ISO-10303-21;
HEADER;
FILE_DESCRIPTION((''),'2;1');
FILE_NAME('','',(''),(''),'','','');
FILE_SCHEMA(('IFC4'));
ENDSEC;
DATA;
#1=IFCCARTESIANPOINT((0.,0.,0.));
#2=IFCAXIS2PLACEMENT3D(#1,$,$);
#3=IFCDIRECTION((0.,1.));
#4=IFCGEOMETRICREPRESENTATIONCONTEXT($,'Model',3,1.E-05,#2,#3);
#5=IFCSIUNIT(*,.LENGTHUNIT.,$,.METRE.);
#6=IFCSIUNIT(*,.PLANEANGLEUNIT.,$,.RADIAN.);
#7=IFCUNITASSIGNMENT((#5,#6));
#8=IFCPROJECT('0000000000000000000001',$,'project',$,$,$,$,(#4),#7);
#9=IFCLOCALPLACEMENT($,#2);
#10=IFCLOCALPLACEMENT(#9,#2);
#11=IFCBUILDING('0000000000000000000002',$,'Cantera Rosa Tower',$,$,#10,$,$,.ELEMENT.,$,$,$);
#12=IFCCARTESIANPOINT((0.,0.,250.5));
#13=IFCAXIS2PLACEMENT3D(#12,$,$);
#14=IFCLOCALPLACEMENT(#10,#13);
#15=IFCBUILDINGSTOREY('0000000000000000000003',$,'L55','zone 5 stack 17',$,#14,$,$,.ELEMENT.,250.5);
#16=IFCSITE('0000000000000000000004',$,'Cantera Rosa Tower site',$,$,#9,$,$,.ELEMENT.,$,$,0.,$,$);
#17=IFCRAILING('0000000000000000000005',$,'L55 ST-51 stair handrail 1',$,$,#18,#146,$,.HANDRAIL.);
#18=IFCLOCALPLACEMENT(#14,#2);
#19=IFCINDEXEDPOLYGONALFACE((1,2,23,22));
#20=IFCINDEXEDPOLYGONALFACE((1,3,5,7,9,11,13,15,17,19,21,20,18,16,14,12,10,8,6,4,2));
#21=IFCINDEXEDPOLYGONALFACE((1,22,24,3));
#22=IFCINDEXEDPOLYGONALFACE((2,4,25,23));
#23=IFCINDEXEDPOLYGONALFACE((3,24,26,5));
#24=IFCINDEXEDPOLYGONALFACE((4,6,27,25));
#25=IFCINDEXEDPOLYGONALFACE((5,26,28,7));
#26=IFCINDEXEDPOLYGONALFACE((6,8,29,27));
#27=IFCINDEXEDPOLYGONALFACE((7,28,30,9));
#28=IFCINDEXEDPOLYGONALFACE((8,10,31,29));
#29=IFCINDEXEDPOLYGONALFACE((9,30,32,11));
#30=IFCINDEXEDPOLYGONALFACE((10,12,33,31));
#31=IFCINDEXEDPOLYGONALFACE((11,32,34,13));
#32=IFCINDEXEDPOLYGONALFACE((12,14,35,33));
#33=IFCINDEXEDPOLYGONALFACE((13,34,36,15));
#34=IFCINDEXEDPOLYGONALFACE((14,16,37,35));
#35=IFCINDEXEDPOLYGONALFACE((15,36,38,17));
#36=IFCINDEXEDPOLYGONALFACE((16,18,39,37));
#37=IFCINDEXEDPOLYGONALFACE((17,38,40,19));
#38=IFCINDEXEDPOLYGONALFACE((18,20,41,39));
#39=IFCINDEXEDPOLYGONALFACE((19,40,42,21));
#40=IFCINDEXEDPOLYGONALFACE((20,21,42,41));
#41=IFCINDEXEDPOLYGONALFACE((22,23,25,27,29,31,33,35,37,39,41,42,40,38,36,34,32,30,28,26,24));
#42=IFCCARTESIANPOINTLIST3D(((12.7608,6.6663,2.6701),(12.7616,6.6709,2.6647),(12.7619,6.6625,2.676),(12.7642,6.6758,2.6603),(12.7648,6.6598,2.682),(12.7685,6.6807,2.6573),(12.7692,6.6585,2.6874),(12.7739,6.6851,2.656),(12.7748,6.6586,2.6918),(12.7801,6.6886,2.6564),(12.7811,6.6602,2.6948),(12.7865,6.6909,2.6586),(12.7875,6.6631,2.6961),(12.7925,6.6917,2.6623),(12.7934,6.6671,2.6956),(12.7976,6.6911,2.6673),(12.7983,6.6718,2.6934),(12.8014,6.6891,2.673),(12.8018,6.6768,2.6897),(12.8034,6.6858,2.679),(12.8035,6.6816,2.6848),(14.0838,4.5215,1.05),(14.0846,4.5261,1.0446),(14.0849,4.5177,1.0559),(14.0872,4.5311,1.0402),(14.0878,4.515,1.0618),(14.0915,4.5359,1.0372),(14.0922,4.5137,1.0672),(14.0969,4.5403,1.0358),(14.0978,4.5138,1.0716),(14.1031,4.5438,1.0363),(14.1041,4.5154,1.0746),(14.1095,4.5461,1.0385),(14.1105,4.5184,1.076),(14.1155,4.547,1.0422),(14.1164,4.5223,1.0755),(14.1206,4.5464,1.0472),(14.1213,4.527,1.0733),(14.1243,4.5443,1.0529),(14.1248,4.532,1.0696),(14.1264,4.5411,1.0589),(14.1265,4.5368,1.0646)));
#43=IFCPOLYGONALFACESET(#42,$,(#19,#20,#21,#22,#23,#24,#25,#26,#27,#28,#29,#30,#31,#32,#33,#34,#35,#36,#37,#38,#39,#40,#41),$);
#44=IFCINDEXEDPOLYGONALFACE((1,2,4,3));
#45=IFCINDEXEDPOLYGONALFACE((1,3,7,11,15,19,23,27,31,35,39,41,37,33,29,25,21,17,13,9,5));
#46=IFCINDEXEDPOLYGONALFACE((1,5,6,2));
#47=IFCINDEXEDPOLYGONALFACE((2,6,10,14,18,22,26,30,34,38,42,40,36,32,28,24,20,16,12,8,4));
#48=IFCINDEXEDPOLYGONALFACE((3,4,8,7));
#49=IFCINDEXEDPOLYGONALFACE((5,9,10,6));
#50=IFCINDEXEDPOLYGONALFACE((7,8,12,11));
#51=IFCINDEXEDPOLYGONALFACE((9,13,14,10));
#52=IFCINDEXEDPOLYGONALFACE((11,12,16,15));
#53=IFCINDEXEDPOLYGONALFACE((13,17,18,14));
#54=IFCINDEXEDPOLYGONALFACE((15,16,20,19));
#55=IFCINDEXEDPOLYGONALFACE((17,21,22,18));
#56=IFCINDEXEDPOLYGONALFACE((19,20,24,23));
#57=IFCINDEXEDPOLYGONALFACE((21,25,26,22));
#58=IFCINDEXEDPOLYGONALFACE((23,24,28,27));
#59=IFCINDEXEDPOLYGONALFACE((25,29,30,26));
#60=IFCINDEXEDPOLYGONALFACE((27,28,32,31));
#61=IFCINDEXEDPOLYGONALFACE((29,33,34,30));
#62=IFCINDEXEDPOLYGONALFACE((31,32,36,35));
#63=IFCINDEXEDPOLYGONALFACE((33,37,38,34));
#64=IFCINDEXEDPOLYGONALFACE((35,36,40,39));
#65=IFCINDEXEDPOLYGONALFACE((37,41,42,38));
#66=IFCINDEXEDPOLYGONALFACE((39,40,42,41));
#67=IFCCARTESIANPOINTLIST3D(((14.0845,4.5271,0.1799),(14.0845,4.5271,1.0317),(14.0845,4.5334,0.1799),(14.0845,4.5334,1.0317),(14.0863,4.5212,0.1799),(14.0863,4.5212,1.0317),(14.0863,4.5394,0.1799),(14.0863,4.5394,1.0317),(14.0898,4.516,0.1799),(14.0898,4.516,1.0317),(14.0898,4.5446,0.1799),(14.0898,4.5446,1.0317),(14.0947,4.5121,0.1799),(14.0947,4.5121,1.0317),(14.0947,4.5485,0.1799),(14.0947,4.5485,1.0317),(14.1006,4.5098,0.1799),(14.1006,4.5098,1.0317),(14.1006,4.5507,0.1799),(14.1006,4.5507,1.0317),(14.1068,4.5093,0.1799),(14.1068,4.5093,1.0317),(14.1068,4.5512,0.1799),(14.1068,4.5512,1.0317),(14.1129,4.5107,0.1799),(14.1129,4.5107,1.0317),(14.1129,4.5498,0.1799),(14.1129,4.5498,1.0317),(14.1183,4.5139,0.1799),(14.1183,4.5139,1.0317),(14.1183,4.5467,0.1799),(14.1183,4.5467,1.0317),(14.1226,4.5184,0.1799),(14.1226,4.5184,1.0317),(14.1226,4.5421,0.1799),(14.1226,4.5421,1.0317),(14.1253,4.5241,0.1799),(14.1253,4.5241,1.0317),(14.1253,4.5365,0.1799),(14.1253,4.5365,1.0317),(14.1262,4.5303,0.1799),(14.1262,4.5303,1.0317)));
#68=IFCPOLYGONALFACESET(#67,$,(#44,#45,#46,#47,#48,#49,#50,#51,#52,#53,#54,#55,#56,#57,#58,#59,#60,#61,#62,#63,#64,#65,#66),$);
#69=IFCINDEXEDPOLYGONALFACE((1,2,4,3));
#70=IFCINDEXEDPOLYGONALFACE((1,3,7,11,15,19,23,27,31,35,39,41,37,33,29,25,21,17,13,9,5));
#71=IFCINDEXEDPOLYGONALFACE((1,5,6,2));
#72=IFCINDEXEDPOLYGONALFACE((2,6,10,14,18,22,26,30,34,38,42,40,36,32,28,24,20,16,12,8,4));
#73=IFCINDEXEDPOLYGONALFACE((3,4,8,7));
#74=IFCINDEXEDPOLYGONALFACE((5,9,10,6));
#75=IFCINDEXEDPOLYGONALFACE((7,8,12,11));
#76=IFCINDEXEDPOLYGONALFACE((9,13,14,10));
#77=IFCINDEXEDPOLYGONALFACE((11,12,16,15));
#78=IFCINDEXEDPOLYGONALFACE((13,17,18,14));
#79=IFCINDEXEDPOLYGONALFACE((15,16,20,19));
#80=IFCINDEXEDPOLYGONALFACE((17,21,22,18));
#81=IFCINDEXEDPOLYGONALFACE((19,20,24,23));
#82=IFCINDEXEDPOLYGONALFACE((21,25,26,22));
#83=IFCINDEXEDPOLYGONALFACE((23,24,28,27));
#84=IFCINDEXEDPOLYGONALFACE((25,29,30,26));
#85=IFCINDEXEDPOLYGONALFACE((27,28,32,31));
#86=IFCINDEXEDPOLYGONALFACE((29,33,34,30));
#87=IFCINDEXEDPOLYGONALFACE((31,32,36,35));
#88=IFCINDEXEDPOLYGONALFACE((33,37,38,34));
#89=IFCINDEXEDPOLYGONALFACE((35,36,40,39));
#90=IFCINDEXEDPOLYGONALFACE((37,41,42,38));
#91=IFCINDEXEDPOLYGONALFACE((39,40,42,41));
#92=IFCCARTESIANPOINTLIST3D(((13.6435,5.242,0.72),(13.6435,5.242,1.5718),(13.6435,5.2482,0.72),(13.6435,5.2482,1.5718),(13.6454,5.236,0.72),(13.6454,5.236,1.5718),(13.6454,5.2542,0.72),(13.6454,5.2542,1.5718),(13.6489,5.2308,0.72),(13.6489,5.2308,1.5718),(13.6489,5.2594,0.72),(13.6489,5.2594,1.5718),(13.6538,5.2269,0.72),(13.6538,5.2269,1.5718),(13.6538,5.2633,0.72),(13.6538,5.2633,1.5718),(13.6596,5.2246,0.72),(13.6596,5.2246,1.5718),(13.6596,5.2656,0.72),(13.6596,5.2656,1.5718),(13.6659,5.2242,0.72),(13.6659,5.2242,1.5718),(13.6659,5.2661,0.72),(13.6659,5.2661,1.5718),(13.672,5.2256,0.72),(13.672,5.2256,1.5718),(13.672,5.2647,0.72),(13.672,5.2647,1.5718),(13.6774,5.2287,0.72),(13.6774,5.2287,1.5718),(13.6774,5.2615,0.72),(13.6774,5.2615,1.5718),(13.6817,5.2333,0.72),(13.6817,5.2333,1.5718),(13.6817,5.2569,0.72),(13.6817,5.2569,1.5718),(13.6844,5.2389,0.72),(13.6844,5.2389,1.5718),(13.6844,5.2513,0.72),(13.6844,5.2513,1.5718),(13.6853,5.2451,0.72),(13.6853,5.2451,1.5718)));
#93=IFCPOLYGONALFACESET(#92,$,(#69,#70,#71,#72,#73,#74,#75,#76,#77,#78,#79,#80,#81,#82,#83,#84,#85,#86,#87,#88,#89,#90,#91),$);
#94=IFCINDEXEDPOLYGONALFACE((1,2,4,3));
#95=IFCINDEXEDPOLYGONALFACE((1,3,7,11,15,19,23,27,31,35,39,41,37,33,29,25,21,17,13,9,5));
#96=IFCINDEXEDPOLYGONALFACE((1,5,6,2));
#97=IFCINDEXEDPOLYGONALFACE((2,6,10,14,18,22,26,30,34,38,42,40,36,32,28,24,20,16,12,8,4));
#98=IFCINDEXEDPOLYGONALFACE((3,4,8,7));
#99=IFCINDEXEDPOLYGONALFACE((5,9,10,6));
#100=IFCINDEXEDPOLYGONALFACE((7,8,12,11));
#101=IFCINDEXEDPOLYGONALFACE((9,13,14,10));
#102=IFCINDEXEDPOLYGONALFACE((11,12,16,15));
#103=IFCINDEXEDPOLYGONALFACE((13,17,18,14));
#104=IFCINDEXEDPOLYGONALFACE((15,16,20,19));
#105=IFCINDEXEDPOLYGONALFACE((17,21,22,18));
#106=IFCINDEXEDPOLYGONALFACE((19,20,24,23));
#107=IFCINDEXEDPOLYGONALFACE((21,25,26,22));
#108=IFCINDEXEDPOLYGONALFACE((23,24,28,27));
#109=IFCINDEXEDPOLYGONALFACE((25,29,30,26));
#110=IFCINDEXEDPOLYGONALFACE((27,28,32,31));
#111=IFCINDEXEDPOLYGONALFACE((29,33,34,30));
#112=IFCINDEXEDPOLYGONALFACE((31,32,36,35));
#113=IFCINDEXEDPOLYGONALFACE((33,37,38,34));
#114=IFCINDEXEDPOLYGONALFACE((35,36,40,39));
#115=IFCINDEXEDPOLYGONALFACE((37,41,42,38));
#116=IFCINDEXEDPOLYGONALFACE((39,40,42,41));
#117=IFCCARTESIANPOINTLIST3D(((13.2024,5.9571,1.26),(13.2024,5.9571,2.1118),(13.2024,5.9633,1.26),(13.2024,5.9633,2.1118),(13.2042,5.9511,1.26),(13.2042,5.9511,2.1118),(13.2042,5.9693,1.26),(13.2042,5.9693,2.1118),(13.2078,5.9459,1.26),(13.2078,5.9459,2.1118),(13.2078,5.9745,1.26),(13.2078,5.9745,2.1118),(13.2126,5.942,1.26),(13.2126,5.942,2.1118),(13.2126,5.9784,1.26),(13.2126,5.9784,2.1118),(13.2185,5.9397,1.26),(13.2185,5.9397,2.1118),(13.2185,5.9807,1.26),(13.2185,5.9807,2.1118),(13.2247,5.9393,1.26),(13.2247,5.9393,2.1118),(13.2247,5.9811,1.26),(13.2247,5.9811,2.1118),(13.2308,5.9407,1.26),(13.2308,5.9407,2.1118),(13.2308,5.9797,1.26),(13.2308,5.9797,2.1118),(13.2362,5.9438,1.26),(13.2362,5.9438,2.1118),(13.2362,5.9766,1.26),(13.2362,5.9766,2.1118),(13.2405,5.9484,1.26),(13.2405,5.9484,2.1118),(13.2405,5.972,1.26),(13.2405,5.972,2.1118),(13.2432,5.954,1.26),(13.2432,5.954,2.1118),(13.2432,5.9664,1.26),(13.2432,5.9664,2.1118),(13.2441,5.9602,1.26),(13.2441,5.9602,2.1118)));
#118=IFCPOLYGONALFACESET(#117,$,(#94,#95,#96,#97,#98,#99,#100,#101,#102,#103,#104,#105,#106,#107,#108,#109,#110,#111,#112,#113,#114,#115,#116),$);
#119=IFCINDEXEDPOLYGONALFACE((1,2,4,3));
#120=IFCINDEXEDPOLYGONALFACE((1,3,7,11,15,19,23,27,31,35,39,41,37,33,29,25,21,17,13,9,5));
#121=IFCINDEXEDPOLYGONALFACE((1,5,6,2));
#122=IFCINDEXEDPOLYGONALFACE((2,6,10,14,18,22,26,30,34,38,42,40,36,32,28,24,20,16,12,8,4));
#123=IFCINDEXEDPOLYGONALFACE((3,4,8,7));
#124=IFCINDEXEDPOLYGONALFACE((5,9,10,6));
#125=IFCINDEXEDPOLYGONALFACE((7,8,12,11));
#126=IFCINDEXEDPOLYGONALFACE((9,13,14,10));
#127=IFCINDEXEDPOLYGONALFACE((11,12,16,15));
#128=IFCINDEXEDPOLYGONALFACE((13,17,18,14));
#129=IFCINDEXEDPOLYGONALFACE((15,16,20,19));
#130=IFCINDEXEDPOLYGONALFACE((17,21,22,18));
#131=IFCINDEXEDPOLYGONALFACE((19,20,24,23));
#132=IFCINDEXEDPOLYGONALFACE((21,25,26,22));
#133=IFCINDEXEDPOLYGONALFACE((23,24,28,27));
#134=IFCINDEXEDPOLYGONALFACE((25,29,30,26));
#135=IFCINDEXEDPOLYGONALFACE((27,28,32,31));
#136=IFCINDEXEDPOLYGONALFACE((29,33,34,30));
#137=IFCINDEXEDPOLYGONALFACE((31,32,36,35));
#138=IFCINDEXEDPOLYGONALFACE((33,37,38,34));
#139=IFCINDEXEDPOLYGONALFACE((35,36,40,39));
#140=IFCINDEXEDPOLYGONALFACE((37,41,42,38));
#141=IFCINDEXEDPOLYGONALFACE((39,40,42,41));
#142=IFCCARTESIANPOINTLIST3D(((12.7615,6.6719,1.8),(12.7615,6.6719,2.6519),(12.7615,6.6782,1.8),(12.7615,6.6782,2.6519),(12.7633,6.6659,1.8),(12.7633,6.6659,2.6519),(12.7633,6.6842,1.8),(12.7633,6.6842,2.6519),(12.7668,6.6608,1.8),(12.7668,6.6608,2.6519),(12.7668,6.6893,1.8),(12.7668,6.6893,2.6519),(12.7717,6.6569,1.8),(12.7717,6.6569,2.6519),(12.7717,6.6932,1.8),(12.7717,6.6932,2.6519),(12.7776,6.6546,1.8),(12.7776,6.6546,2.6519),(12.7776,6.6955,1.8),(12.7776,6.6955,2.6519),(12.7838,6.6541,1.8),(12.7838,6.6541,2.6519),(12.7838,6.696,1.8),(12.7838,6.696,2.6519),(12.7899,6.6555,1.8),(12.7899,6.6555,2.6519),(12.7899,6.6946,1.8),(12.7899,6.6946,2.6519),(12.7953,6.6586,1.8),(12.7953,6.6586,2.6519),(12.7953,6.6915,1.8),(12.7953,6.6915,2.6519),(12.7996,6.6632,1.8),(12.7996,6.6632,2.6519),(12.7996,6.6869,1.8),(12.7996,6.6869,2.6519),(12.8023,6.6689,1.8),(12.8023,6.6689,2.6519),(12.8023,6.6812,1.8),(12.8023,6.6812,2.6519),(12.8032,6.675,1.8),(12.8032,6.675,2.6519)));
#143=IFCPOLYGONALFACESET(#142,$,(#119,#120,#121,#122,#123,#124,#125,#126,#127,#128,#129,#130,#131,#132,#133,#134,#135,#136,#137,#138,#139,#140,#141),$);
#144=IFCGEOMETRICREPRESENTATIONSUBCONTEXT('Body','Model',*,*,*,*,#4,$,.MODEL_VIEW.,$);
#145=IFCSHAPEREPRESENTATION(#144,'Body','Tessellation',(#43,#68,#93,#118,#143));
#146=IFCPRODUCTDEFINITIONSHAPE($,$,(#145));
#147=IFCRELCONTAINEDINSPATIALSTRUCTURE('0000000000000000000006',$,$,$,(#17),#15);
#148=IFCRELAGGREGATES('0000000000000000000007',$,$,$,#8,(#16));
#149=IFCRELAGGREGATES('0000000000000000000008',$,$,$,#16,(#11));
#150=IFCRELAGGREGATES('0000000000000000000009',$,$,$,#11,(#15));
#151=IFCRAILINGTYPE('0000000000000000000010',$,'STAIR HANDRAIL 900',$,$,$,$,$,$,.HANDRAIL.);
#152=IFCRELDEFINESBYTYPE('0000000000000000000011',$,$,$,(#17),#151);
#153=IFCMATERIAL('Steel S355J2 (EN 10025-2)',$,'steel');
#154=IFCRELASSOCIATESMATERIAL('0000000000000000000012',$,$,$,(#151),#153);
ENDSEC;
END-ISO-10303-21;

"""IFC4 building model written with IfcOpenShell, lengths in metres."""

from ifc_helpers import new_model, si_unit, direction, frame, origin, origin_2d, place, context, subcontext, project, spatial, circle, extrude, material, type_object, element, save


model = new_model("IFC4")

# Units and contexts
model_context = context("Model", 3, precision=1e-05, world=origin(), true_north=direction((0.0, 1.0)))
body_context = subcontext(model_context, "Body", "Model", "MODEL_VIEW")
ifc_project = project(units=[si_unit("LENGTHUNIT", "METRE"), si_unit("PLANEANGLEUNIT", "RADIAN")], contexts=[model_context])

# Site, building, storey
site_placement = place(None, origin())
site = spatial("IfcSite", under=ifc_project, at=site_placement, Name="Cantera Rosa Tower site", CompositionType="ELEMENT", RefElevation=0.0)
building_placement = place(site_placement, origin())
building = spatial("IfcBuilding", under=site, at=building_placement, Name="Cantera Rosa Tower", CompositionType="ELEMENT")
storey_placement = place(building_placement, frame((0.0, 0.0, 250.5)))
storey = spatial("IfcBuildingStorey", under=building, at=storey_placement, Name="L55", Description="zone 5 stack 17", CompositionType="ELEMENT", Elevation=250.5)

# Railing
ifc_material_1 = material(Name="Steel S355J2 (EN 10025-2)", Category="steel")
railing_type_1 = type_object("IfcRailingType", Name="STAIR HANDRAIL 900", PredefinedType="HANDRAIL", material=ifc_material_1)
railing_1_placement = place(storey_placement, frame((14.1052, 4.5303, 0.1799)))
element("IfcRailing", 1, at=railing_1_placement, inside=storey, type_object=railing_type_1, Name="L55 ST-51 stair handrail 1", PredefinedType="HANDRAIL", context=body_context, shape_type="SweptSolid", body=[
    extrude(circle(Radius=0.0239, at=origin_2d()), frame((0.0, 0.0, 0.876), z_axis=(-0.441609, 0.715914, 0.540786), x_axis=(-0.851102, -0.525, 0.0)), (0.0, 0.0, 1.0), 2.9958),
    extrude(circle(Radius=0.021, at=origin_2d()), origin(), (0.0, 0.0, 1.0), 0.8518),
    extrude(circle(Radius=0.021, at=origin_2d()), frame((-0.4409, 0.7148, 0.54)), (0.0, 0.0, 1.0), 0.8518),
    extrude(circle(Radius=0.021, at=origin_2d()), frame((-0.8821, 1.4299, 1.0801)), (0.0, 0.0, 1.0), 0.8518),
    extrude(circle(Radius=0.021, at=origin_2d()), frame((-1.323, 2.1448, 1.6201)), (0.0, 0.0, 1.0), 0.8518),
])

save(model, "model.ifc")
